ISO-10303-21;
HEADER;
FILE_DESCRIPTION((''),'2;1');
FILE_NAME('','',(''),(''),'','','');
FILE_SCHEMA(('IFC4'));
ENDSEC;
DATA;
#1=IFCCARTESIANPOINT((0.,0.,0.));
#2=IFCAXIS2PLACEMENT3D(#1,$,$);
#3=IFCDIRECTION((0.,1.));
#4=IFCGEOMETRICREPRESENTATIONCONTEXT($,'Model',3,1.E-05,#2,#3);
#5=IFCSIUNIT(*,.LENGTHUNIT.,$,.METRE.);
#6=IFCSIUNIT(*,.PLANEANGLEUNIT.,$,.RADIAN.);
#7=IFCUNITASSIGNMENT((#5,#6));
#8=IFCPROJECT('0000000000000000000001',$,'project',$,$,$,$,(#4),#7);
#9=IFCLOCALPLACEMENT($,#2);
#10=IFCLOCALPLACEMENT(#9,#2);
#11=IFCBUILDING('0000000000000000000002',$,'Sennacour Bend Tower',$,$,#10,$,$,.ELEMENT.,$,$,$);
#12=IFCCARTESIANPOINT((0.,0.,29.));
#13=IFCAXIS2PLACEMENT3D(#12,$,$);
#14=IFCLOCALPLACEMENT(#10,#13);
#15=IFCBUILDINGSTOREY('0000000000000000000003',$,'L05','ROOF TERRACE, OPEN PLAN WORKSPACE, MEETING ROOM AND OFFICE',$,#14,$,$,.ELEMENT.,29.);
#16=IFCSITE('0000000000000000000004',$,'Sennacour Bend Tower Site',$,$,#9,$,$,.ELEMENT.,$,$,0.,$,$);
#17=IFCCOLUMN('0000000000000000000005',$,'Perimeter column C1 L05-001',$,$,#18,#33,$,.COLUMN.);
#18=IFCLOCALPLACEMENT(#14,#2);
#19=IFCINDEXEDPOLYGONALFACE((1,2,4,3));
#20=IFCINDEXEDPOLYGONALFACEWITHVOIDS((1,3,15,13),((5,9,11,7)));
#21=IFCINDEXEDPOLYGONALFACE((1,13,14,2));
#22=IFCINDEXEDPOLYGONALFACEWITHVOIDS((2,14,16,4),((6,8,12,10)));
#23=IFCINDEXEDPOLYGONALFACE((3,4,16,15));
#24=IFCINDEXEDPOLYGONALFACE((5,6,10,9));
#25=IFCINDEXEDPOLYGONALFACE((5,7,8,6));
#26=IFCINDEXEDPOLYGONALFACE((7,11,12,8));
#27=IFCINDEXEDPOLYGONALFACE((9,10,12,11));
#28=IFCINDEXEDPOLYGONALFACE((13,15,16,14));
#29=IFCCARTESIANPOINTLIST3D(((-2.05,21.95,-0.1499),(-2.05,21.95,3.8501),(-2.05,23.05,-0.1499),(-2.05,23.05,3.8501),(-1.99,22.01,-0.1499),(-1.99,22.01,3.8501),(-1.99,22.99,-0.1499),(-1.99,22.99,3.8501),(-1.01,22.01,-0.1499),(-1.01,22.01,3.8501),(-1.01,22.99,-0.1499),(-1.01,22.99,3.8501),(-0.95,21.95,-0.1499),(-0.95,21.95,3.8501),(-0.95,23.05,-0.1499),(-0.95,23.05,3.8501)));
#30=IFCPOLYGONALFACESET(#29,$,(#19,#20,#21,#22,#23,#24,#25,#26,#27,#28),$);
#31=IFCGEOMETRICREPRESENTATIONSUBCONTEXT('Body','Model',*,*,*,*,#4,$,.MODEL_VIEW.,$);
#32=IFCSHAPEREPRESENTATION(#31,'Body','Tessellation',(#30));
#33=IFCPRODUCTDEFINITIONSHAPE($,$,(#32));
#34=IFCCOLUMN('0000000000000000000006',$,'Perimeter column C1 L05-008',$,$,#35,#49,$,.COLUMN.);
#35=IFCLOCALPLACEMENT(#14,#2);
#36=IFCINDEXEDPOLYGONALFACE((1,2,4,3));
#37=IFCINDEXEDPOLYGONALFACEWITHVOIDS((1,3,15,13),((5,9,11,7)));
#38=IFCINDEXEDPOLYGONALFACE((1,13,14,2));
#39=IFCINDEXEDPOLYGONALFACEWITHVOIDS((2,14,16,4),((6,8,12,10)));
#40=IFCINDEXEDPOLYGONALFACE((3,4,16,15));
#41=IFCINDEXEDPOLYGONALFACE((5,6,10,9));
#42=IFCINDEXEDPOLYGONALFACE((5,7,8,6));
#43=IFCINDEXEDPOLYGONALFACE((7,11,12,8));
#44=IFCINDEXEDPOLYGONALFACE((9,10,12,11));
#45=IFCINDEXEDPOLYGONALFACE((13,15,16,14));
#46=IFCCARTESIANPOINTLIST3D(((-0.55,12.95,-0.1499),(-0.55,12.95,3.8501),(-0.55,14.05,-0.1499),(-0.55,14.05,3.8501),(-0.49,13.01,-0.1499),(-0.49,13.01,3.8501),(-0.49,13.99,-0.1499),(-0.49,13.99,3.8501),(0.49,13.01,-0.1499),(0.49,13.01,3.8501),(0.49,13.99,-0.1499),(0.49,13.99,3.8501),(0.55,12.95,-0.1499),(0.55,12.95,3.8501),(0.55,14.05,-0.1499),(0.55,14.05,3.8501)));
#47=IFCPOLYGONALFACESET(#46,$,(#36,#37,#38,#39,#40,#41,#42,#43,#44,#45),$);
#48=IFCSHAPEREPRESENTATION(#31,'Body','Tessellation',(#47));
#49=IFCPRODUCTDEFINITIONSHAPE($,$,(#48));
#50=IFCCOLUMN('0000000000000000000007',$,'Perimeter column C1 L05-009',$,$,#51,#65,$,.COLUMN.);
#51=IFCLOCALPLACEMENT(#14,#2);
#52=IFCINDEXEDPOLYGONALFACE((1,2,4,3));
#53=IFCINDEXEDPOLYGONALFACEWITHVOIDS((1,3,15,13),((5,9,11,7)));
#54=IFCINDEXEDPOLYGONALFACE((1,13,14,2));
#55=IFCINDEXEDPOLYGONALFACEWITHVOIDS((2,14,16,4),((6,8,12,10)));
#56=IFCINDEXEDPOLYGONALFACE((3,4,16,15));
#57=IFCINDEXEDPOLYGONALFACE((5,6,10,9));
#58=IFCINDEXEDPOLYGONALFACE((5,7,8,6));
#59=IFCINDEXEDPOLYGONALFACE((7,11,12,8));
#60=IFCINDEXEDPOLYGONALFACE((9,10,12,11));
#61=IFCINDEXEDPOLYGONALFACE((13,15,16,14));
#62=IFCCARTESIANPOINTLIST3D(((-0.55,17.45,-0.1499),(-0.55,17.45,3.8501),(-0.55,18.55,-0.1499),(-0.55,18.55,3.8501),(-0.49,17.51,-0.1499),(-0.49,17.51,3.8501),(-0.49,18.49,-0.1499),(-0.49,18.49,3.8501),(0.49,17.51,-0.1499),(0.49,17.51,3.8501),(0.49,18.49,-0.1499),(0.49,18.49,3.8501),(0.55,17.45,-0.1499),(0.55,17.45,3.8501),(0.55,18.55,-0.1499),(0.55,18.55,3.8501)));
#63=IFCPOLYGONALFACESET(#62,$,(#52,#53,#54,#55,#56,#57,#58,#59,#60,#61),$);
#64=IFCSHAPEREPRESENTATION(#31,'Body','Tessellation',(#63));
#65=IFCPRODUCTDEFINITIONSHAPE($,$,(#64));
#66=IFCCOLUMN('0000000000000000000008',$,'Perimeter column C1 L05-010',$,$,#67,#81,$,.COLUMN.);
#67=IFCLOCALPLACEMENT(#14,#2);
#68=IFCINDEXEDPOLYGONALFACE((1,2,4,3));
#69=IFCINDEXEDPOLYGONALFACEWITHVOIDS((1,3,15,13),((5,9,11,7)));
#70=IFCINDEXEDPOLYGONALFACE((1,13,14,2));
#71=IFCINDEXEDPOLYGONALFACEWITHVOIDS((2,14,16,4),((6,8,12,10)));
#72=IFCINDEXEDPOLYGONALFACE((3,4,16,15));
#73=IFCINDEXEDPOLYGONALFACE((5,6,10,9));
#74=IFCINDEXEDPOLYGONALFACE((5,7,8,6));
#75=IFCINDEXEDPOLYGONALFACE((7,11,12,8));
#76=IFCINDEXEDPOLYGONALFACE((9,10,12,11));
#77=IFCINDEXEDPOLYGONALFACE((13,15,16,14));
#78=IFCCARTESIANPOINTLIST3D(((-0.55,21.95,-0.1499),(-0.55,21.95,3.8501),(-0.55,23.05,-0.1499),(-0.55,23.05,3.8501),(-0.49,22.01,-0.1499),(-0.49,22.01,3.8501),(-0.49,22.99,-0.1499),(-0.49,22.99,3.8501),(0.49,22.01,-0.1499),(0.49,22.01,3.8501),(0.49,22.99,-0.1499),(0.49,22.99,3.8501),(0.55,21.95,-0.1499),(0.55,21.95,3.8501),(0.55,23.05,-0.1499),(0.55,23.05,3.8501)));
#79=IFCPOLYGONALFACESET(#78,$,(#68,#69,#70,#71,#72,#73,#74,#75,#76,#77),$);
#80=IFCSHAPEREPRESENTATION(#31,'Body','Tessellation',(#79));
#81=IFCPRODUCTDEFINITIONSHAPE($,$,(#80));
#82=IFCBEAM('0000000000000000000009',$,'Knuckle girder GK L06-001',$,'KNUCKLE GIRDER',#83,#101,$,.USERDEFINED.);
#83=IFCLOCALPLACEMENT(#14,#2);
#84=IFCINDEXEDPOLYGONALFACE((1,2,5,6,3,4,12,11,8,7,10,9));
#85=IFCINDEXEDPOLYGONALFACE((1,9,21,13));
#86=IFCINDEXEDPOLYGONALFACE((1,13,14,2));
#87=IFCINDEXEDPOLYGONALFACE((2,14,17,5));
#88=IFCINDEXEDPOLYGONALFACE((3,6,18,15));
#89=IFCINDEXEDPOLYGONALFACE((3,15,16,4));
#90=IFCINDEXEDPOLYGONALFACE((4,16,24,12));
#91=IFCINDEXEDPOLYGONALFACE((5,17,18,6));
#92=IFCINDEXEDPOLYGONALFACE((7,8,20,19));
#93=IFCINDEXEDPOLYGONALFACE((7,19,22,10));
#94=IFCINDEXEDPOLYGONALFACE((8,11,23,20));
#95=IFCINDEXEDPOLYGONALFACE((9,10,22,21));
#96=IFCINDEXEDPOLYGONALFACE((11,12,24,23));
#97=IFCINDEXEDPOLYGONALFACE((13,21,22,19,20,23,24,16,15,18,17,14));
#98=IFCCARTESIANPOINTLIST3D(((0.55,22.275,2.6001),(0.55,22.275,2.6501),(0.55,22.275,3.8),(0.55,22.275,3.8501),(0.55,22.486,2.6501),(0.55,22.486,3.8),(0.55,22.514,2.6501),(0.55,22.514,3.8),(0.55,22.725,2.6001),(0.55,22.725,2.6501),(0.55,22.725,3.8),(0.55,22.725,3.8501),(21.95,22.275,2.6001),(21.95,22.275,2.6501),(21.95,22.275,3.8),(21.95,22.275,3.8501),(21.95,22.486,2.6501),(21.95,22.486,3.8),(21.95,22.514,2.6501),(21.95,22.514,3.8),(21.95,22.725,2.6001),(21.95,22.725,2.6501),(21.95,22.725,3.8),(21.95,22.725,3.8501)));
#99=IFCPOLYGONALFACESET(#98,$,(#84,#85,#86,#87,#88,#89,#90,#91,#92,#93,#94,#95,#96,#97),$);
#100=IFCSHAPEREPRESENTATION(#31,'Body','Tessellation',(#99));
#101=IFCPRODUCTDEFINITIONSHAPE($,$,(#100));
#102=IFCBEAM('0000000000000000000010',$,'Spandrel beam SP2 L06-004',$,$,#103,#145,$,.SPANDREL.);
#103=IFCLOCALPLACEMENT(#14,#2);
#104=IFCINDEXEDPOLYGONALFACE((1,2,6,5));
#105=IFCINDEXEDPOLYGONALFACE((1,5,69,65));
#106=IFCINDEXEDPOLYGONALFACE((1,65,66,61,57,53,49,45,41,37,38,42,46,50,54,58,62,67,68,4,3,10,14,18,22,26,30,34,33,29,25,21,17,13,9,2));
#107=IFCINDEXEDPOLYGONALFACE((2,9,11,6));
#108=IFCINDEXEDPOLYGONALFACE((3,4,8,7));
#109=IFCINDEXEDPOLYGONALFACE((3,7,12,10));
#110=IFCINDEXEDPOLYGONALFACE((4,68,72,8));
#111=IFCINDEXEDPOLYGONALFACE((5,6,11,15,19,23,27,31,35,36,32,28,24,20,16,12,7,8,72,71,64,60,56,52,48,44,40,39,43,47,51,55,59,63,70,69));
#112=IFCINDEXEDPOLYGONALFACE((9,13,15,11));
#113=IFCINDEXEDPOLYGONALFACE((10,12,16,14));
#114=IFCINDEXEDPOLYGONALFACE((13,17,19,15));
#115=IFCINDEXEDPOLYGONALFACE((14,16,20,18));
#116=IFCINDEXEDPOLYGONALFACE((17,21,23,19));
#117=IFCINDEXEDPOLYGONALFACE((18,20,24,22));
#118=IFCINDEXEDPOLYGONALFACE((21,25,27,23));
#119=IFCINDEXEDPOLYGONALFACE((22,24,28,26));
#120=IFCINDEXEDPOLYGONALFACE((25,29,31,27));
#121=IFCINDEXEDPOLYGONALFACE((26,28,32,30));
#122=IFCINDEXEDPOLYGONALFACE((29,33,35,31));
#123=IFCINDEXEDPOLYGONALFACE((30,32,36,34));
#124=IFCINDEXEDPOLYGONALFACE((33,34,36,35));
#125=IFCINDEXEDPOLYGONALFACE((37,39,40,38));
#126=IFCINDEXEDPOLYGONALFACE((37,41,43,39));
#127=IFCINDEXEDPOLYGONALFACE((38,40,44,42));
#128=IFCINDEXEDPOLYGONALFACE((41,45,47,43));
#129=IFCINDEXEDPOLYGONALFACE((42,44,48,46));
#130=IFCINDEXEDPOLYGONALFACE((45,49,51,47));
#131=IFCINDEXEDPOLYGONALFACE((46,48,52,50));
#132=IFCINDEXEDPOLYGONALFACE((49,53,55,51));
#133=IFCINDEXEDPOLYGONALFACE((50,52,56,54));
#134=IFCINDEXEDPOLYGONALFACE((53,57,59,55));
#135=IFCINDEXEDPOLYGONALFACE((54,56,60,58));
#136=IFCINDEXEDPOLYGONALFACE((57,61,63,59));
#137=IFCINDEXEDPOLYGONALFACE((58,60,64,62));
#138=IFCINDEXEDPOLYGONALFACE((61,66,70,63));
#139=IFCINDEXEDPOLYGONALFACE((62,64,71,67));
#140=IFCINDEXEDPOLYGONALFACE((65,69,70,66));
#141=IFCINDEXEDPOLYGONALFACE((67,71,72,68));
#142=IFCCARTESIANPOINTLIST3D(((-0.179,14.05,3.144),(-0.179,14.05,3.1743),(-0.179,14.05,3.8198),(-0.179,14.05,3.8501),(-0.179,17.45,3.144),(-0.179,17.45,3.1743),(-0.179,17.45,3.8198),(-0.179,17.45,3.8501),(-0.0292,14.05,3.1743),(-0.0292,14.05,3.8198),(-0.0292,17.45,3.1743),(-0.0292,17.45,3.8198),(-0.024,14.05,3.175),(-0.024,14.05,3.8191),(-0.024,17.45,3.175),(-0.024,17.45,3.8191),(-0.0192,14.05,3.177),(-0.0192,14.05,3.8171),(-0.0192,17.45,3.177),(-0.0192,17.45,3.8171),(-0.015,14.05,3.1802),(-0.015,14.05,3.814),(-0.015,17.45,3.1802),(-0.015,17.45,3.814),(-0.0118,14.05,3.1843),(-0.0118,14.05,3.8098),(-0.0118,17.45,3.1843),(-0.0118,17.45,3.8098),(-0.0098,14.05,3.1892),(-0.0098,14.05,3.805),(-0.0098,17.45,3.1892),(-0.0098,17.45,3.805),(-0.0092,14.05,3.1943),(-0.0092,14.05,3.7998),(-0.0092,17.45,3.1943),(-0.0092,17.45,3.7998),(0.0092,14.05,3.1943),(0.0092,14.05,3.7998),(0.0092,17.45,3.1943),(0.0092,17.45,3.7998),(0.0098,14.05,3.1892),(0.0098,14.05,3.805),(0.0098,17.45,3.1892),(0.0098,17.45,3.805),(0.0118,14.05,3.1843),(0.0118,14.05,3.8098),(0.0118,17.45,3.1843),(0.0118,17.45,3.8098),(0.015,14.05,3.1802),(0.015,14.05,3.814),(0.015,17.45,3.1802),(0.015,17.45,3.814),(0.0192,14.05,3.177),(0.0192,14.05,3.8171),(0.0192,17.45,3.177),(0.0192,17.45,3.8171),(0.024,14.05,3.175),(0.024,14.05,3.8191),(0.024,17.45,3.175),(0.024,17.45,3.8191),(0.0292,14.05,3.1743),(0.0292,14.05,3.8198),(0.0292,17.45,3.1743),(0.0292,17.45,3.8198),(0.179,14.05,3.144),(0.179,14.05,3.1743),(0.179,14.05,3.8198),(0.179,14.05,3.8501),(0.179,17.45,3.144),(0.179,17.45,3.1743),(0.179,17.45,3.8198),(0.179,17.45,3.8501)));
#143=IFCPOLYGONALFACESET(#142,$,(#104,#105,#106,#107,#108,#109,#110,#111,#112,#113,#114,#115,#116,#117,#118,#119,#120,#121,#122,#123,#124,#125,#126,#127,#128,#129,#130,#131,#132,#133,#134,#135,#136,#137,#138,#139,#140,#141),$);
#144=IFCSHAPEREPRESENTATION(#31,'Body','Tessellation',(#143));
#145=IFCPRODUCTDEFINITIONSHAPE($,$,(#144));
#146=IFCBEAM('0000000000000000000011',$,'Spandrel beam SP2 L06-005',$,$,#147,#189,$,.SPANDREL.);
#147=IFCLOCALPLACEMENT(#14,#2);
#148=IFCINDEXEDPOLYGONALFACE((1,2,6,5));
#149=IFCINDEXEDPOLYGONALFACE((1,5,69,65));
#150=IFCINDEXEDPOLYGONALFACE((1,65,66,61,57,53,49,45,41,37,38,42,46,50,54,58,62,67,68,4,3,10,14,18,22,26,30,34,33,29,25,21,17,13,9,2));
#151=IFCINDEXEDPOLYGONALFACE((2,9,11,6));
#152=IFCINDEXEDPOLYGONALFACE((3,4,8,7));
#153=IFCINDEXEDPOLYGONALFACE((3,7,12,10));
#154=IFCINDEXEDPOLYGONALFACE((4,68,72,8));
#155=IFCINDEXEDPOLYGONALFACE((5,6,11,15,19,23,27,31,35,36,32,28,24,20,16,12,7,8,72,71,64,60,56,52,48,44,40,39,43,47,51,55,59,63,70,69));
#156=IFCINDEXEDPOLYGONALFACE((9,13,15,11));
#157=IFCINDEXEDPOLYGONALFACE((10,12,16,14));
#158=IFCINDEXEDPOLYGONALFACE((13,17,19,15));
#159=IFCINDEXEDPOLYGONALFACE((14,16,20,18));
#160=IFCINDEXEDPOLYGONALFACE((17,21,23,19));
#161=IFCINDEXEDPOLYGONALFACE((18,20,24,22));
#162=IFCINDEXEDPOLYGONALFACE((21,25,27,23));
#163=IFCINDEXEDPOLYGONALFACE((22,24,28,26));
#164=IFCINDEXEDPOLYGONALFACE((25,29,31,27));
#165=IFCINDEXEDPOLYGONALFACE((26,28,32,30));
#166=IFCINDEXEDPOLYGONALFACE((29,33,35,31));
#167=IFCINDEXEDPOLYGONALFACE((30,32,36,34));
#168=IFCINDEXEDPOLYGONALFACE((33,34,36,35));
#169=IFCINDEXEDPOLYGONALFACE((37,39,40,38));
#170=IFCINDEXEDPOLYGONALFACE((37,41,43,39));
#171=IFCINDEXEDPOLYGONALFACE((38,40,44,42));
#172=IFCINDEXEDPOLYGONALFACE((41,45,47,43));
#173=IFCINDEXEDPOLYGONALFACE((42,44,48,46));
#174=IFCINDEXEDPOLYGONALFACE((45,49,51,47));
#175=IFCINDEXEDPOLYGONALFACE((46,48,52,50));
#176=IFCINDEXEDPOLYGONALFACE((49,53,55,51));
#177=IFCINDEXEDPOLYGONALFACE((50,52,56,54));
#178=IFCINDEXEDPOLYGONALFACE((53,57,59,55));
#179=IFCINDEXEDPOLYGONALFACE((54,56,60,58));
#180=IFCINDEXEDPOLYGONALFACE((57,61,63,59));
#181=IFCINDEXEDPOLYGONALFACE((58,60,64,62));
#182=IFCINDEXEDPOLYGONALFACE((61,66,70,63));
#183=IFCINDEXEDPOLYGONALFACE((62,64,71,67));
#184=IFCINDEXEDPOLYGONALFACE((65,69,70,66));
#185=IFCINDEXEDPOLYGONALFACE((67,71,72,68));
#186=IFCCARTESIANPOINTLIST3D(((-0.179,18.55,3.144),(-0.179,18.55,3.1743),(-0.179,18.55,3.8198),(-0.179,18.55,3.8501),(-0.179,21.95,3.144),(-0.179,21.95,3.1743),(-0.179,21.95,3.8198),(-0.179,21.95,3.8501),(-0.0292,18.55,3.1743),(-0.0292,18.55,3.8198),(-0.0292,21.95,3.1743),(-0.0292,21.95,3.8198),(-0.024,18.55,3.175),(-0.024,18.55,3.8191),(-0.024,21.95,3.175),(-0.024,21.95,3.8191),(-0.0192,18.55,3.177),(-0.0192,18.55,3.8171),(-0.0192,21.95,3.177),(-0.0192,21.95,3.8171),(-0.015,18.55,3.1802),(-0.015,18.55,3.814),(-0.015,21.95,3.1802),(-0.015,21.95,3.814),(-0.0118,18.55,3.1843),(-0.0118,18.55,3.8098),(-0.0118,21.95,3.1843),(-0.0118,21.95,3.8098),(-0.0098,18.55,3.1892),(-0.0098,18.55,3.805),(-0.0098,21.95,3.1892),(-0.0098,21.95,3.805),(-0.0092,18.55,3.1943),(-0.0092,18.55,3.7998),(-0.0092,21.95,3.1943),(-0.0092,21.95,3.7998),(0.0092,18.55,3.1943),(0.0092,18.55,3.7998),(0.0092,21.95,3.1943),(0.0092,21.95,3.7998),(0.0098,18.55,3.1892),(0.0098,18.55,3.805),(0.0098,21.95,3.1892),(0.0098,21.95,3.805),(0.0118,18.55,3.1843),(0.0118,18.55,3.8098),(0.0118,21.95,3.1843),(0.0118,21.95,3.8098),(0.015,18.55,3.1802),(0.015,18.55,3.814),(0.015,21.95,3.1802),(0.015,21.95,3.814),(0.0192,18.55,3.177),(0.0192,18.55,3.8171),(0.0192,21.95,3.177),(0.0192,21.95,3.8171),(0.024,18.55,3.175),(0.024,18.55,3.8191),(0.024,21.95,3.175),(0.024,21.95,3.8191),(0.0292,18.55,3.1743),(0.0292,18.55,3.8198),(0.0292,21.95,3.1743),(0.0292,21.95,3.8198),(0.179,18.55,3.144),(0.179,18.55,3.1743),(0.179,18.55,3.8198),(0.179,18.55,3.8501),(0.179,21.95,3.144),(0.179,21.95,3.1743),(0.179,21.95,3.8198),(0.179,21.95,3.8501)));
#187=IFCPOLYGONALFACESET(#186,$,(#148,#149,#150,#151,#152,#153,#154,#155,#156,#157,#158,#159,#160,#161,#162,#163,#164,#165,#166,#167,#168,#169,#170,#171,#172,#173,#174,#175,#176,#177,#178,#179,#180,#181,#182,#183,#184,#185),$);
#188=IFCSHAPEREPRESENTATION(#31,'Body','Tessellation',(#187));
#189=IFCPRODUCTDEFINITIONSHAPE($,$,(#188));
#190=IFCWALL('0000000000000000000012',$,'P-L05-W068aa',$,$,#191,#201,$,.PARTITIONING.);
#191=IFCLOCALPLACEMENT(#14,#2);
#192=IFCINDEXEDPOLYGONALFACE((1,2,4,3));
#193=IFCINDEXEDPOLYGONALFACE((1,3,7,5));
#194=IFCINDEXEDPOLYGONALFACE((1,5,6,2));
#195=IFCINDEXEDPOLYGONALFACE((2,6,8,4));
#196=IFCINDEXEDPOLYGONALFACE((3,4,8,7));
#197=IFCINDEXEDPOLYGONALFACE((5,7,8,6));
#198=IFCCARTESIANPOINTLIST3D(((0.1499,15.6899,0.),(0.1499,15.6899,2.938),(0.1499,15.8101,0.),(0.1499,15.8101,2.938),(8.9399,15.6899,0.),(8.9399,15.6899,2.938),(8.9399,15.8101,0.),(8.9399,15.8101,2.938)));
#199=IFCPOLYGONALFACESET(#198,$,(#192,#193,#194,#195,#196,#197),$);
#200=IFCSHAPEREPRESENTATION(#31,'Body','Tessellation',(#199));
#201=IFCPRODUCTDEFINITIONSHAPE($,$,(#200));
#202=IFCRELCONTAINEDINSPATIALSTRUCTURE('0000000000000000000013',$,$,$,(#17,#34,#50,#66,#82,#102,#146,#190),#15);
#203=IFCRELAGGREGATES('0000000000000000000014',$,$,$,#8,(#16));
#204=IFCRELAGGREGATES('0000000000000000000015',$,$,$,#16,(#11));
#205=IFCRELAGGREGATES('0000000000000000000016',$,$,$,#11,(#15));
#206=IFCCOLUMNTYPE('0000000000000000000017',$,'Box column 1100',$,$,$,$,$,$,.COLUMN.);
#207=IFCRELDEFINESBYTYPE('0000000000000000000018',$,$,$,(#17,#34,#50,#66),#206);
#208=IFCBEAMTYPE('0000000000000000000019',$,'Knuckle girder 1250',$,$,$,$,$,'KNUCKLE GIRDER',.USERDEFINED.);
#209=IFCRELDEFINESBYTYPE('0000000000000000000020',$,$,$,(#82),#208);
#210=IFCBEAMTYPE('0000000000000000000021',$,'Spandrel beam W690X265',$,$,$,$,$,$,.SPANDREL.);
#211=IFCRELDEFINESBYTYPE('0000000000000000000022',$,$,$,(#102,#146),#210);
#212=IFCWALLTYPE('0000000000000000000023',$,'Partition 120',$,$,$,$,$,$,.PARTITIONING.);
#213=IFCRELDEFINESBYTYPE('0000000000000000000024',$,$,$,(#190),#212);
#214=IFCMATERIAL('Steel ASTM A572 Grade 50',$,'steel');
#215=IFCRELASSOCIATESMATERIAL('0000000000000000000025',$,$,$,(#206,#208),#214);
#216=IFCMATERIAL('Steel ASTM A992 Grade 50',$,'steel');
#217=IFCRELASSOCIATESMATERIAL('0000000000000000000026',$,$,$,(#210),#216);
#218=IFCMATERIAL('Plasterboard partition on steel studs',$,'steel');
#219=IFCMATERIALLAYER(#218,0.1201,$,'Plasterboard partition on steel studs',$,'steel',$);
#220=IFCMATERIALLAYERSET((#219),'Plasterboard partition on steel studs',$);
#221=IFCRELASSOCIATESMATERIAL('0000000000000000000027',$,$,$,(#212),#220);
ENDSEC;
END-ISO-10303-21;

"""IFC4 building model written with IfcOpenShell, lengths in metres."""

from ifc_helpers import new_model, si_unit, direction, frame, frame_2d, origin, origin_2d, place, context, subcontext, project, spatial, rectangle, hollow_rectangle, i_section, extrude, material, layer, layer_set, material_profile, profile_set, type_object, element, save


model = new_model("IFC4")

# Units and contexts
model_context = context("Model", 3, precision=1e-05, world=origin(), true_north=direction((0.0, 1.0)))
body_context = subcontext(model_context, "Body", "Model", "MODEL_VIEW")
ifc_project = project(units=[si_unit("LENGTHUNIT", "METRE"), si_unit("PLANEANGLEUNIT", "RADIAN")], contexts=[model_context])

# Site, building, storey
site_placement = place(None, origin())
site = spatial("IfcSite", under=ifc_project, at=site_placement, Name="Sennacour Bend Tower Site", CompositionType="ELEMENT", RefElevation=0.0)
building_placement = place(site_placement, origin())
building = spatial("IfcBuilding", under=site, at=building_placement, Name="Sennacour Bend Tower", CompositionType="ELEMENT")
storey_placement = place(building_placement, frame((0.0, 0.0, 29.0)))
storey = spatial("IfcBuildingStorey", under=building, at=storey_placement, Name="L05", Description="ROOF TERRACE, OPEN PLAN WORKSPACE, MEETING ROOM AND OFFICE", CompositionType="ELEMENT", Elevation=29.0)

# Columns
ifc_material_1 = material(Name="Steel ASTM A572 Grade 50", Category="steel")
ifc_material_profile_1 = material_profile(ifc_material_1, hollow_rectangle(XDim=1.1001, YDim=1.1001, WallThickness=0.0601, at=origin_2d()), Name="Steel ASTM A572 Grade 50", Category="steel")
ifc_profile_set_1 = profile_set([ifc_material_profile_1], Name="Steel ASTM A572 Grade 50")
column_type = type_object("IfcColumnType", Name="Box column 1100", PredefinedType="COLUMN", material=ifc_profile_set_1)
for number, where, z_axis, x_axis, name in (
    (1, (-1.5, 22.5, -0.1499), (0.0, 0.0, 1.0), (1.0, 0.0, 0.0), "Perimeter column C1 L05-001"),
    (2, (0.0, 13.5, -0.1499), (0.0, 0.0, 1.0), (1.0, 0.0, 0.0), "Perimeter column C1 L05-008"),
    (3, (0.0, 18.0, -0.1499), (0.0, 0.0, 1.0), (1.0, 0.0, 0.0), "Perimeter column C1 L05-009"),
    (4, (0.0, 22.5, -0.1499), (0.0, 0.0, 1.0), (1.0, 0.0, 0.0), "Perimeter column C1 L05-010"),
):
    element("IfcColumn", number, at=place(storey_placement, frame(where, z_axis=z_axis, x_axis=x_axis)), inside=storey, type_object=column_type, Name=name, PredefinedType="COLUMN", context=body_context, shape_type="SweptSolid", body=[
        extrude(hollow_rectangle(XDim=1.1001, YDim=1.1001, WallThickness=0.0601, at=origin_2d()), origin(), (0.0, 0.0, 1.0), 4.0),
    ])

# Beams
ifc_material_profile_2 = material_profile(ifc_material_1, i_section(OverallWidth=0.45, OverallDepth=1.25, WebThickness=0.0281, FlangeThickness=0.05, at=origin_2d()), Name="Steel ASTM A572 Grade 50", Category="steel")
ifc_profile_set_2 = profile_set([ifc_material_profile_2], Name="Steel ASTM A572 Grade 50")
beam_type_1 = type_object("IfcBeamType", Name="Knuckle girder 1250", ElementType="KNUCKLE GIRDER", PredefinedType="USERDEFINED", material=ifc_profile_set_2)
beam_placement = place(storey_placement, frame((0.55, 22.5, 3.2251), z_axis=(1.0, 0.0, 0.0), x_axis=(0.0, 1.0, 0.0)))
element("IfcBeam", 5, at=beam_placement, inside=storey, type_object=beam_type_1, Name="Knuckle girder GK L06-001", ObjectType="KNUCKLE GIRDER", PredefinedType="USERDEFINED", context=body_context, shape_type="SweptSolid", body=[
    extrude(i_section(OverallWidth=0.45, OverallDepth=1.25, WebThickness=0.0281, FlangeThickness=0.05, at=origin_2d()), origin(), (0.0, 0.0, 1.0), 21.3999),
])
ifc_material_2 = material(Name="Steel ASTM A992 Grade 50", Category="steel")
ifc_material_profile_3 = material_profile(ifc_material_2, i_section(OverallWidth=0.3579, OverallDepth=0.7061, WebThickness=0.0183, FlangeThickness=0.0303, FilletRadius=0.02, at=origin_2d()), Name="Steel ASTM A992 Grade 50", Category="steel")
ifc_profile_set_3 = profile_set([ifc_material_profile_3], Name="Steel ASTM A992 Grade 50")
beam_type_2 = type_object("IfcBeamType", Name="Spandrel beam W690X265", PredefinedType="SPANDREL", material=ifc_profile_set_3)
for number, where, z_axis, x_axis, name in (
    (6, (0.0, 14.05, 3.4971), (0.0, 1.0, 0.0), (-1.0, 0.0, 0.0), "Spandrel beam SP2 L06-004"),
    (7, (0.0, 18.55, 3.4971), (0.0, 1.0, 0.0), (-1.0, 0.0, 0.0), "Spandrel beam SP2 L06-005"),
):
    element("IfcBeam", number, at=place(storey_placement, frame(where, z_axis=z_axis, x_axis=x_axis)), inside=storey, type_object=beam_type_2, Name=name, PredefinedType="SPANDREL", context=body_context, shape_type="SweptSolid", body=[
        extrude(i_section(OverallWidth=0.3579, OverallDepth=0.7061, WebThickness=0.0183, FlangeThickness=0.0303, FilletRadius=0.02, at=origin_2d()), origin(), (0.0, 0.0, 1.0), 3.3999),
    ])

# Wall
ifc_material_3 = material(Name="Plasterboard partition on steel studs", Category="steel")
ifc_layer_1 = layer(ifc_material_3, 0.1201, Name="Plasterboard partition on steel studs", Category="steel")
ifc_layer_set_1 = layer_set([ifc_layer_1], Name="Plasterboard partition on steel studs")
wall_type_1 = type_object("IfcWallType", Name="Partition 120", PredefinedType="PARTITIONING", material=ifc_layer_set_1)
for number, where, z_axis, x_axis, name in (
    (8, (0.1499, 15.75, 0.0), (0.0, 0.0, 1.0), (1.0, 0.0, 0.0), "P-L05-W068aa"),
):
    element("IfcWall", number, at=place(storey_placement, frame(where, z_axis=z_axis, x_axis=x_axis)), inside=storey, type_object=wall_type_1, Name=name, PredefinedType="PARTITIONING", context=body_context, shape_type="SweptSolid", body=[
        extrude(rectangle(XDim=8.79, YDim=0.1201, at=frame_2d((4.395, 0.0))), origin(), (0.0, 0.0, 1.0), 2.938),
    ])

save(model, "model.ifc")
